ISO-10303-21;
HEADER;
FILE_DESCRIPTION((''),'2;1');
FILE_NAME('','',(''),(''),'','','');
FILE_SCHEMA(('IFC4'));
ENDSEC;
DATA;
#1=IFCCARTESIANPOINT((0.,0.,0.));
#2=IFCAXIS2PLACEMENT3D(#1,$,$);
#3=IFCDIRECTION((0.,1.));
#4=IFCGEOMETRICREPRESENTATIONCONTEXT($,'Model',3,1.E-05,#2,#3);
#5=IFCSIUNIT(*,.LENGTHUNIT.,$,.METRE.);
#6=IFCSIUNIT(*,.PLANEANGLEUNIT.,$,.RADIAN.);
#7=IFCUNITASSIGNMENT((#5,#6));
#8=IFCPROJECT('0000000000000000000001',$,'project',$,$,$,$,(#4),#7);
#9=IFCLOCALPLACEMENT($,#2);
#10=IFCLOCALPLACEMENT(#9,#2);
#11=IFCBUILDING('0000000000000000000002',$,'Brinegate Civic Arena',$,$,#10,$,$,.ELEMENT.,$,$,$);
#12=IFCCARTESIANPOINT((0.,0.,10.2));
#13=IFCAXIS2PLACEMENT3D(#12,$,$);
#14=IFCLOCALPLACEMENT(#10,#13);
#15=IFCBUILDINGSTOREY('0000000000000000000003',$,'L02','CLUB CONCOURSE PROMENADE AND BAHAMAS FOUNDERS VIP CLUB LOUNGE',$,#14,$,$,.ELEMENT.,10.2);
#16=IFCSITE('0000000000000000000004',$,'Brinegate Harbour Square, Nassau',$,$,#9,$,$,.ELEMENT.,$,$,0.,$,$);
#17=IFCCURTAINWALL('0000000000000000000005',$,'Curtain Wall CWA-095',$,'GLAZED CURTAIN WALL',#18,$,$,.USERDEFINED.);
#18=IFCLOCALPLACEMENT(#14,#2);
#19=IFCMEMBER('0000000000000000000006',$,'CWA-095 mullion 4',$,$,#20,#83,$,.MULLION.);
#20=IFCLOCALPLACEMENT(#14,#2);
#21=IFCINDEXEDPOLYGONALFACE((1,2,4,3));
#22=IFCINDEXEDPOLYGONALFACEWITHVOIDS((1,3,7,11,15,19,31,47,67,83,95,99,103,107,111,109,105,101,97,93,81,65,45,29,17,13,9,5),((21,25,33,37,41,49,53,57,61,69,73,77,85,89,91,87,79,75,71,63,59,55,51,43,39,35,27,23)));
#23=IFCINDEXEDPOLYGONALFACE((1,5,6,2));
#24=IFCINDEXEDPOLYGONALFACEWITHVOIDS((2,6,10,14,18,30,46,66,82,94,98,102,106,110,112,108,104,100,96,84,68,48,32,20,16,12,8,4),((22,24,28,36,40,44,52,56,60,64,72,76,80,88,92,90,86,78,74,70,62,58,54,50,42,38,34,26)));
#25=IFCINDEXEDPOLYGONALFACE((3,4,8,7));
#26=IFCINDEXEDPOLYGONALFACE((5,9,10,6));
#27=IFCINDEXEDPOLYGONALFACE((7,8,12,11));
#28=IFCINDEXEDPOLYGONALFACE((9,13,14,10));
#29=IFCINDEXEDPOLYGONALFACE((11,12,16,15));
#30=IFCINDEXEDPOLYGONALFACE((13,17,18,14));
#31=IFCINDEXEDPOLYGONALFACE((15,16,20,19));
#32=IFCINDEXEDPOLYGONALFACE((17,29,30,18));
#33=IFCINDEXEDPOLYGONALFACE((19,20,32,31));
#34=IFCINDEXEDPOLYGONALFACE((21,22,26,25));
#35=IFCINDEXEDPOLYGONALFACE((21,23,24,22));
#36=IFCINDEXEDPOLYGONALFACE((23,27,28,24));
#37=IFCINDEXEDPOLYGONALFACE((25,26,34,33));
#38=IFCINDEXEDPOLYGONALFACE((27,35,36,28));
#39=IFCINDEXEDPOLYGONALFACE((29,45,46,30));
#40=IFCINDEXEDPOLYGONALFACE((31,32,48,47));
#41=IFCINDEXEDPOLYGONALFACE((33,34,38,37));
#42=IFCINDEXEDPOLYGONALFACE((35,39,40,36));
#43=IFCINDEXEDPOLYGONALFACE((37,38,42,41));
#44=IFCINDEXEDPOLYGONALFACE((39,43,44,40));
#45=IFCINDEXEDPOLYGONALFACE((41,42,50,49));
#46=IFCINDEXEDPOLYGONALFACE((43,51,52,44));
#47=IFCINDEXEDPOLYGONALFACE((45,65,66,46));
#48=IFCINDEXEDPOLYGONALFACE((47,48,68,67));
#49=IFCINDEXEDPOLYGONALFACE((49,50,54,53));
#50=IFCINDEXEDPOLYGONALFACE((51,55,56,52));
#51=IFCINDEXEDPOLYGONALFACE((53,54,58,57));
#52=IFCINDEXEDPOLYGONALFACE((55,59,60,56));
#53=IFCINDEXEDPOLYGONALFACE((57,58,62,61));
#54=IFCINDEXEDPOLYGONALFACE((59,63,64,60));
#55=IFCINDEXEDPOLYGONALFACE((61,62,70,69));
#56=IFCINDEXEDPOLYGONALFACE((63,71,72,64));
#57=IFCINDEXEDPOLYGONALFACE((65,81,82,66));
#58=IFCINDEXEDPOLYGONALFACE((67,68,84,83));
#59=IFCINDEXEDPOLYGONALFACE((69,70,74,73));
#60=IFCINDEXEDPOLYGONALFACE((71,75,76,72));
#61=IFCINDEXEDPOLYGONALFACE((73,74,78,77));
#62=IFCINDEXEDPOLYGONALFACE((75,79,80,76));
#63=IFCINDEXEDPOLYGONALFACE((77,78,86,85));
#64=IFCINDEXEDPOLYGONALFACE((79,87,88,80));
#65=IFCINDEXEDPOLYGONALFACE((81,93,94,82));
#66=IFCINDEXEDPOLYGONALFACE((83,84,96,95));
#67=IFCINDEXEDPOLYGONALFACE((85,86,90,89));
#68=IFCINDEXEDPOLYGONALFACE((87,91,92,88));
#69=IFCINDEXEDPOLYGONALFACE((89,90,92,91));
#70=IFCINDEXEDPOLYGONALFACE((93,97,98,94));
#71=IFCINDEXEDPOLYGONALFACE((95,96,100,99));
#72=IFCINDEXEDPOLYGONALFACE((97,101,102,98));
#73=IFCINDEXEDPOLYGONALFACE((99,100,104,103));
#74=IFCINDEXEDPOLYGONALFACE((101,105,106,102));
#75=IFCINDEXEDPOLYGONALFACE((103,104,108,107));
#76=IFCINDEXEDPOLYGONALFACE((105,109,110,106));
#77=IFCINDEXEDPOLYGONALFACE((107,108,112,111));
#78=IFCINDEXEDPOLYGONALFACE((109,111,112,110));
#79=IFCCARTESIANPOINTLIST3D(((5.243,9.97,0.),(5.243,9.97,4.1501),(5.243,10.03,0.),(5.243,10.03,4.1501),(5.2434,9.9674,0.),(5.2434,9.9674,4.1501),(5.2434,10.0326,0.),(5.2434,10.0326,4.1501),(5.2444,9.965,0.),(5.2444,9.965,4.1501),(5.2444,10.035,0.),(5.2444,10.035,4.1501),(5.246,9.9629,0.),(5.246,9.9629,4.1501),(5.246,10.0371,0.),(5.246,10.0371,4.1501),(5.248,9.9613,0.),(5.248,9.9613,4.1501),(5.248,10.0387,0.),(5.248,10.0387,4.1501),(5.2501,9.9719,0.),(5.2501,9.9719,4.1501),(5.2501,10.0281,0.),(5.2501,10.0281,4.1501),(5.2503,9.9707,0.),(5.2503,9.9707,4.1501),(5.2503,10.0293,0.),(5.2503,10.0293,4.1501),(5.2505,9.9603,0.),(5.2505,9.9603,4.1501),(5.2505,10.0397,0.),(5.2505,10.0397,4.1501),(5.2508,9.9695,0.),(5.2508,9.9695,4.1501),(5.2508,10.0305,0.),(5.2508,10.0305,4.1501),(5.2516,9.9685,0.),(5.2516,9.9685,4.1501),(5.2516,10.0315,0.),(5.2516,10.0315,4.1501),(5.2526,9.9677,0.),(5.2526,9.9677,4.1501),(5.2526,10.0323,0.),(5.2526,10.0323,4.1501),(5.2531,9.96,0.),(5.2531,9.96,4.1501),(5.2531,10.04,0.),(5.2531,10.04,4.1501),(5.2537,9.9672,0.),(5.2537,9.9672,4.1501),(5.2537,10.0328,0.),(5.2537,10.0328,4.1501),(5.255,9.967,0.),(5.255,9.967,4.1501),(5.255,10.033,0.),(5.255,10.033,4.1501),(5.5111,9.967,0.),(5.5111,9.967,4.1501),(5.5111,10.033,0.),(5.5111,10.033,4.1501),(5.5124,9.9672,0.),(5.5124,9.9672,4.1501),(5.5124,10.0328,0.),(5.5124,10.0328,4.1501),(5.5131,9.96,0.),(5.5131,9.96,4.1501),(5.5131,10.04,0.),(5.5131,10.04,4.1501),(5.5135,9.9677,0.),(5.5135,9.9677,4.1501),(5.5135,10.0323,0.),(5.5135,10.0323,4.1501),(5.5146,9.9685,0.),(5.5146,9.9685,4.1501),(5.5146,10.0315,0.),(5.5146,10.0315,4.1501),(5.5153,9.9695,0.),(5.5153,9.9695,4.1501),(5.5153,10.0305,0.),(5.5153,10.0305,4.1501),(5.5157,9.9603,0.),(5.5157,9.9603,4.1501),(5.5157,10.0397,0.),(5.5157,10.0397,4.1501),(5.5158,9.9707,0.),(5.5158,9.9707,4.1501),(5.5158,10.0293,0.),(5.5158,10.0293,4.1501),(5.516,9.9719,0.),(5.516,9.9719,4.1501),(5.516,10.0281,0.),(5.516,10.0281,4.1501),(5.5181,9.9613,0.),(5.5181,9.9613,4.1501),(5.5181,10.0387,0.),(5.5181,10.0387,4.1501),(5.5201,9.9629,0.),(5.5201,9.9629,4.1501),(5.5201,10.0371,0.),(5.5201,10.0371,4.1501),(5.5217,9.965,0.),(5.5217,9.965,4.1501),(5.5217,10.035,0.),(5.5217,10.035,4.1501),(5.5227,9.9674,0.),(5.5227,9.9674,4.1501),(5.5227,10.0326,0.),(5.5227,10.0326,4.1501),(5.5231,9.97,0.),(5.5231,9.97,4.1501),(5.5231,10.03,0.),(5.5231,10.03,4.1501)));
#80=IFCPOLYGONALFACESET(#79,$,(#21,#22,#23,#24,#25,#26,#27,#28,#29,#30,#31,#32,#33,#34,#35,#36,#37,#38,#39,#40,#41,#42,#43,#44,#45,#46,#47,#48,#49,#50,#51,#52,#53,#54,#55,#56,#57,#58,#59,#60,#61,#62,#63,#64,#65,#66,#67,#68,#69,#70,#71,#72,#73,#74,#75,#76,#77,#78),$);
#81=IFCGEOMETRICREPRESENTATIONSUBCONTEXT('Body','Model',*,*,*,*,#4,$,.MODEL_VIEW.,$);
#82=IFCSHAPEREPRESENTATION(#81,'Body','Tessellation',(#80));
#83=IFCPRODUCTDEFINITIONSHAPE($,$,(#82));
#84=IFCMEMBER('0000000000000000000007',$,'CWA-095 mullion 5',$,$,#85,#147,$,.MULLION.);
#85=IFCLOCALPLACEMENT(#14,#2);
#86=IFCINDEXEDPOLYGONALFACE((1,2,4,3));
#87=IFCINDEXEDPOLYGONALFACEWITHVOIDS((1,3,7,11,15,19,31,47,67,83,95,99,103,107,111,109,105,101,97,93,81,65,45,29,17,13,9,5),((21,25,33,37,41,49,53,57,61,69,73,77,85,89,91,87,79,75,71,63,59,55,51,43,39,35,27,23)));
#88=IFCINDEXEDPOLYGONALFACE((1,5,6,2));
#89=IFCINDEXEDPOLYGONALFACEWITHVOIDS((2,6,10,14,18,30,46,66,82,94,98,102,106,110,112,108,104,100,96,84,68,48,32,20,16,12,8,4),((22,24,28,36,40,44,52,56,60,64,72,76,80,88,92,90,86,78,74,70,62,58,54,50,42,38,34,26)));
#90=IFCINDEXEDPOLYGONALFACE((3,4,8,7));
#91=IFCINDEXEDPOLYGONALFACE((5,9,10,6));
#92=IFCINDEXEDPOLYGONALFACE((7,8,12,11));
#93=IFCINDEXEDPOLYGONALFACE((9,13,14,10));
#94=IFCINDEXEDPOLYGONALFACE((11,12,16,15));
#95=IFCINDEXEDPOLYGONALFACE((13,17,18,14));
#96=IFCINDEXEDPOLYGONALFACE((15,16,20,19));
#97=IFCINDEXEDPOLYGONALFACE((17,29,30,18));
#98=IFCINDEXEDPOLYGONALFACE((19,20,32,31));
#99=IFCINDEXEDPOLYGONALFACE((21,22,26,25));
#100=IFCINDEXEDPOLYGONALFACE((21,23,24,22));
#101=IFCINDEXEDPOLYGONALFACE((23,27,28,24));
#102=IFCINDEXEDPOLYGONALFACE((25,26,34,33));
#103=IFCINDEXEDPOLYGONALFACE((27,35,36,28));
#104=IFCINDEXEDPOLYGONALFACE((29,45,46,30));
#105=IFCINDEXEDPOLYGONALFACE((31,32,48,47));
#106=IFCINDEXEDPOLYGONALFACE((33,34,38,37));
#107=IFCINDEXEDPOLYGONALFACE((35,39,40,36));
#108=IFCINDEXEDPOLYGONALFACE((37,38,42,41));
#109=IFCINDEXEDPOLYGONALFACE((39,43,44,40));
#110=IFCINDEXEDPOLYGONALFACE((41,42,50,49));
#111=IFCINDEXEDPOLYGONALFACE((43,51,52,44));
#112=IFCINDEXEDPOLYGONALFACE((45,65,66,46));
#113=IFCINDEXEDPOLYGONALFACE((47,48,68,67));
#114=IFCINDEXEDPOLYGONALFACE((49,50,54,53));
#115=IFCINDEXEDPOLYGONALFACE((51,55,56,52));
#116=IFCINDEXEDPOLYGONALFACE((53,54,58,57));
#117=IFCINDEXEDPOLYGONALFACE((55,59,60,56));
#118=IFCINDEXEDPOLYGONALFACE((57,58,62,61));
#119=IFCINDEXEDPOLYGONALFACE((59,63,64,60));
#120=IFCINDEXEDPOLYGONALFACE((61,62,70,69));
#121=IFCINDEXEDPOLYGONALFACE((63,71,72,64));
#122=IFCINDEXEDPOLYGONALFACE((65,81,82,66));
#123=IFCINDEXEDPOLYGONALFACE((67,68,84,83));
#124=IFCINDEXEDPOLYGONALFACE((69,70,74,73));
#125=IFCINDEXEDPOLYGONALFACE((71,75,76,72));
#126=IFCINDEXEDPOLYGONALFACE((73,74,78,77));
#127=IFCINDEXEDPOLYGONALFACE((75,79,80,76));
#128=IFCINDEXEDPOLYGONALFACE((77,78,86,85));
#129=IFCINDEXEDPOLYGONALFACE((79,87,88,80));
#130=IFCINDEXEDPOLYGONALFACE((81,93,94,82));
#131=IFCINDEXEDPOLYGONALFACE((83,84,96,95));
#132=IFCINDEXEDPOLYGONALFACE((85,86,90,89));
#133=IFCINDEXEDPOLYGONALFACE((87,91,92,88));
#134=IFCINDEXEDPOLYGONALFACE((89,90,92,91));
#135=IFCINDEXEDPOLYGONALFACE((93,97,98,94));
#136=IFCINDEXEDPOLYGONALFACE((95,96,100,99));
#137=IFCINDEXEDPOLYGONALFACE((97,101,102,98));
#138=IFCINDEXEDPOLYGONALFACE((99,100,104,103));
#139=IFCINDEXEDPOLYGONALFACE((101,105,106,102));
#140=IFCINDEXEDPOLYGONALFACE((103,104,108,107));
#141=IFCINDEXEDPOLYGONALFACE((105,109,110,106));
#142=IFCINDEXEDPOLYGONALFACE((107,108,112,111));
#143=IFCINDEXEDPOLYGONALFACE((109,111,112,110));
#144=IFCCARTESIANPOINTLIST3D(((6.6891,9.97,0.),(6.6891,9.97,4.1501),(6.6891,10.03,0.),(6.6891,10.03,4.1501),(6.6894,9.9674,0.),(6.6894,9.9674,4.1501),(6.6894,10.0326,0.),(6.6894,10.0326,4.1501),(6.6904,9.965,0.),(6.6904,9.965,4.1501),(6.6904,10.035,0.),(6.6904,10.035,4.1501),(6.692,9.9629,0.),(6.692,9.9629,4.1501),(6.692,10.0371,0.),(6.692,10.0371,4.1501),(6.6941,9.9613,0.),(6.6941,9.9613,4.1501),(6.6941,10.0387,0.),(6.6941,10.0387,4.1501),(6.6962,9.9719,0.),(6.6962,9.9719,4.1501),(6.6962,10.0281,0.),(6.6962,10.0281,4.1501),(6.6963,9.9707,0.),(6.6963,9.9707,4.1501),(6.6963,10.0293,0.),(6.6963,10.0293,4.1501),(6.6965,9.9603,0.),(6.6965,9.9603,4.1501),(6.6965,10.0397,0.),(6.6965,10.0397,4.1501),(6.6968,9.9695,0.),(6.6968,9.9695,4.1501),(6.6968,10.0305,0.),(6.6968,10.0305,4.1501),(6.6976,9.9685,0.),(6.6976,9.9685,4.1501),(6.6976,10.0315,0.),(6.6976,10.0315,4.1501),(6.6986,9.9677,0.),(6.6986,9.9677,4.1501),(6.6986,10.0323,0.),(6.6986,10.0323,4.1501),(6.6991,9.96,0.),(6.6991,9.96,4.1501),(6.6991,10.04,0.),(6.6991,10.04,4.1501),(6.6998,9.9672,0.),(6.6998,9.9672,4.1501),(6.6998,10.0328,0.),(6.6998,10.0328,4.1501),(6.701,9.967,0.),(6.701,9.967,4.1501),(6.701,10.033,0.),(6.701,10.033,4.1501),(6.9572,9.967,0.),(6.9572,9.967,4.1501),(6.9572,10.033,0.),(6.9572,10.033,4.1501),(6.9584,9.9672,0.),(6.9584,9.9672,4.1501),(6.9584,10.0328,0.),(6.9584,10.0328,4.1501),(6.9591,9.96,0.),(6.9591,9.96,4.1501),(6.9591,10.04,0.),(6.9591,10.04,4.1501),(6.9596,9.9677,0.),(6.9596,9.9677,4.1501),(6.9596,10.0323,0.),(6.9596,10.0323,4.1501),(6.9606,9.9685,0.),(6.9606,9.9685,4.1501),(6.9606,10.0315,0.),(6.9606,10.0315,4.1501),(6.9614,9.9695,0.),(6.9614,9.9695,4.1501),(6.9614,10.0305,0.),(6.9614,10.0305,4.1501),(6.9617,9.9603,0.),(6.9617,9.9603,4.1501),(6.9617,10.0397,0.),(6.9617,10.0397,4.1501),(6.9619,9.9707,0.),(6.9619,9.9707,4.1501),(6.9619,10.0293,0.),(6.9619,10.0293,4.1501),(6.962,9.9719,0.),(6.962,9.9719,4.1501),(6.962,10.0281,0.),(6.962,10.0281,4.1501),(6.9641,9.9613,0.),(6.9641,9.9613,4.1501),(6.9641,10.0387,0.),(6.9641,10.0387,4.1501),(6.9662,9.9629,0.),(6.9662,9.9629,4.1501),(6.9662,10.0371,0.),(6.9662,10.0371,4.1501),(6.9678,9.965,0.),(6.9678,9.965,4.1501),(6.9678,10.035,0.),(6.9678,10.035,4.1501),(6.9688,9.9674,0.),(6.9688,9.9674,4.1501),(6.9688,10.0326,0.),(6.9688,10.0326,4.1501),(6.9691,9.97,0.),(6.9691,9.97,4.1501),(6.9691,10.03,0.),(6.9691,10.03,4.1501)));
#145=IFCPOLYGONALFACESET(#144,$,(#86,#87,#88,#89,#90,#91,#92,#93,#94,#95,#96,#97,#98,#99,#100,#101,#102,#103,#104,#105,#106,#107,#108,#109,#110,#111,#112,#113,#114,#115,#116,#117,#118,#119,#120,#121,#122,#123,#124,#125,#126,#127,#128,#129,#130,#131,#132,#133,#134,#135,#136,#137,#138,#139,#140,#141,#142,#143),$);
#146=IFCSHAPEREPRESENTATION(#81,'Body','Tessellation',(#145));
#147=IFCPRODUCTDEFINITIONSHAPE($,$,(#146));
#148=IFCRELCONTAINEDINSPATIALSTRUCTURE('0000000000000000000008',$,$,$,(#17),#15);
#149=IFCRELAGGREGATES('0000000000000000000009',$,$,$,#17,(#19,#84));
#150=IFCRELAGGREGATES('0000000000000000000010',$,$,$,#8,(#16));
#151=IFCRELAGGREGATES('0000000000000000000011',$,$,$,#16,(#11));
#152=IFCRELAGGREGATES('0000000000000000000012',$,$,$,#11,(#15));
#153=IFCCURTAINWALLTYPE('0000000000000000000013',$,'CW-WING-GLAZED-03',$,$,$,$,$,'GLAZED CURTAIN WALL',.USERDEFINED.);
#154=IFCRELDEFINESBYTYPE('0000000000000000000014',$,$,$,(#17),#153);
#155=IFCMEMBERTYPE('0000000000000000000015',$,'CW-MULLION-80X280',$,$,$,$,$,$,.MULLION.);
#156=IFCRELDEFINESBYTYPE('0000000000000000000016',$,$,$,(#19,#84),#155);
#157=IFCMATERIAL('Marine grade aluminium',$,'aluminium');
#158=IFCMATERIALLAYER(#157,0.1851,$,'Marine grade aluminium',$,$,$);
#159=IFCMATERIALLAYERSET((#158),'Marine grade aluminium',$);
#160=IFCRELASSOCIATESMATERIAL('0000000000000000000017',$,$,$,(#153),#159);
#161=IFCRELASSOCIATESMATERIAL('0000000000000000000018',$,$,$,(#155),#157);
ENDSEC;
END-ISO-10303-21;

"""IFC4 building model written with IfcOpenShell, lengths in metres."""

from ifc_helpers import new_model, si_unit, direction, frame, origin, origin_2d, place, context, subcontext, project, spatial, hollow_rectangle, extrude, material, layer, layer_set, material_profile, profile_set, type_object, element, aggregate, save


model = new_model("IFC4")

# Units and contexts
model_context = context("Model", 3, precision=1e-05, world=origin(), true_north=direction((0.0, 1.0)))
body_context = subcontext(model_context, "Body", "Model", "MODEL_VIEW")
ifc_project = project(units=[si_unit("LENGTHUNIT", "METRE"), si_unit("PLANEANGLEUNIT", "RADIAN")], contexts=[model_context])

# Site, building, storey
site_placement = place(None, origin())
site = spatial("IfcSite", under=ifc_project, at=site_placement, Name="Brinegate Harbour Square, Nassau", CompositionType="ELEMENT", RefElevation=0.0)
building_placement = place(site_placement, origin())
building = spatial("IfcBuilding", under=site, at=building_placement, Name="Brinegate Civic Arena", CompositionType="ELEMENT")
storey_placement = place(building_placement, frame((0.0, 0.0, 10.2)))
storey = spatial("IfcBuildingStorey", under=building, at=storey_placement, Name="L02", Description="CLUB CONCOURSE PROMENADE AND BAHAMAS FOUNDERS VIP CLUB LOUNGE", CompositionType="ELEMENT", Elevation=10.2)

# Curtain wall, members
ifc_material_1 = material(Name="Marine grade aluminium", Category="aluminium")
ifc_layer_1 = layer(ifc_material_1, 0.1851, Name="Marine grade aluminium")
ifc_layer_set_1 = layer_set([ifc_layer_1], Name="Marine grade aluminium")
curtain_wall_type = type_object("IfcCurtainWallType", Name="CW-WING-GLAZED-03", ElementType="GLAZED CURTAIN WALL", PredefinedType="USERDEFINED", material=ifc_layer_set_1)
curtain_wall_placement = place(storey_placement, origin())
curtain_wall = element("IfcCurtainWall", 1, at=curtain_wall_placement, inside=storey, type_object=curtain_wall_type, Name="Curtain Wall CWA-095", ObjectType="GLAZED CURTAIN WALL", PredefinedType="USERDEFINED")
ifc_material_profile_1 = material_profile(ifc_material_1, hollow_rectangle(XDim=0.0801, YDim=0.28, WallThickness=0.0071, InnerFilletRadius=0.0049, OuterFilletRadius=0.01, at=origin_2d()), Name="MUL80X280")
ifc_profile_set_1 = profile_set([ifc_material_profile_1], Name="Marine grade aluminium")
member_type_1 = type_object("IfcMemberType", Name="CW-MULLION-80X280", PredefinedType="MULLION", material=ifc_profile_set_1)
member_1_placement = place(storey_placement, frame((5.3831, 10.0, 0.0), z_axis=(0.0, 0.0, 1.0), x_axis=(0.0, 1.0, 0.0)))
member_1 = element("IfcMember", 2, at=member_1_placement, type_object=member_type_1, Name="CWA-095 mullion 4", PredefinedType="MULLION", context=body_context, shape_type="SweptSolid", body=[
    extrude(hollow_rectangle(XDim=0.0801, YDim=0.28, WallThickness=0.0071, InnerFilletRadius=0.0049, OuterFilletRadius=0.01, at=origin_2d()), origin(), (0.0, 0.0, 1.0), 4.1501),
])
member_2_placement = place(storey_placement, frame((6.8291, 10.0, 0.0), z_axis=(0.0, 0.0, 1.0), x_axis=(0.0, 1.0, 0.0)))
member_2 = element("IfcMember", 3, at=member_2_placement, type_object=member_type_1, Name="CWA-095 mullion 5", PredefinedType="MULLION", context=body_context, shape_type="SweptSolid", body=[
    extrude(hollow_rectangle(XDim=0.0801, YDim=0.28, WallThickness=0.0071, InnerFilletRadius=0.0049, OuterFilletRadius=0.01, at=origin_2d()), origin(), (0.0, 0.0, 1.0), 4.1501),
])
aggregate(curtain_wall, [member_1, member_2])

save(model, "model.ifc")
